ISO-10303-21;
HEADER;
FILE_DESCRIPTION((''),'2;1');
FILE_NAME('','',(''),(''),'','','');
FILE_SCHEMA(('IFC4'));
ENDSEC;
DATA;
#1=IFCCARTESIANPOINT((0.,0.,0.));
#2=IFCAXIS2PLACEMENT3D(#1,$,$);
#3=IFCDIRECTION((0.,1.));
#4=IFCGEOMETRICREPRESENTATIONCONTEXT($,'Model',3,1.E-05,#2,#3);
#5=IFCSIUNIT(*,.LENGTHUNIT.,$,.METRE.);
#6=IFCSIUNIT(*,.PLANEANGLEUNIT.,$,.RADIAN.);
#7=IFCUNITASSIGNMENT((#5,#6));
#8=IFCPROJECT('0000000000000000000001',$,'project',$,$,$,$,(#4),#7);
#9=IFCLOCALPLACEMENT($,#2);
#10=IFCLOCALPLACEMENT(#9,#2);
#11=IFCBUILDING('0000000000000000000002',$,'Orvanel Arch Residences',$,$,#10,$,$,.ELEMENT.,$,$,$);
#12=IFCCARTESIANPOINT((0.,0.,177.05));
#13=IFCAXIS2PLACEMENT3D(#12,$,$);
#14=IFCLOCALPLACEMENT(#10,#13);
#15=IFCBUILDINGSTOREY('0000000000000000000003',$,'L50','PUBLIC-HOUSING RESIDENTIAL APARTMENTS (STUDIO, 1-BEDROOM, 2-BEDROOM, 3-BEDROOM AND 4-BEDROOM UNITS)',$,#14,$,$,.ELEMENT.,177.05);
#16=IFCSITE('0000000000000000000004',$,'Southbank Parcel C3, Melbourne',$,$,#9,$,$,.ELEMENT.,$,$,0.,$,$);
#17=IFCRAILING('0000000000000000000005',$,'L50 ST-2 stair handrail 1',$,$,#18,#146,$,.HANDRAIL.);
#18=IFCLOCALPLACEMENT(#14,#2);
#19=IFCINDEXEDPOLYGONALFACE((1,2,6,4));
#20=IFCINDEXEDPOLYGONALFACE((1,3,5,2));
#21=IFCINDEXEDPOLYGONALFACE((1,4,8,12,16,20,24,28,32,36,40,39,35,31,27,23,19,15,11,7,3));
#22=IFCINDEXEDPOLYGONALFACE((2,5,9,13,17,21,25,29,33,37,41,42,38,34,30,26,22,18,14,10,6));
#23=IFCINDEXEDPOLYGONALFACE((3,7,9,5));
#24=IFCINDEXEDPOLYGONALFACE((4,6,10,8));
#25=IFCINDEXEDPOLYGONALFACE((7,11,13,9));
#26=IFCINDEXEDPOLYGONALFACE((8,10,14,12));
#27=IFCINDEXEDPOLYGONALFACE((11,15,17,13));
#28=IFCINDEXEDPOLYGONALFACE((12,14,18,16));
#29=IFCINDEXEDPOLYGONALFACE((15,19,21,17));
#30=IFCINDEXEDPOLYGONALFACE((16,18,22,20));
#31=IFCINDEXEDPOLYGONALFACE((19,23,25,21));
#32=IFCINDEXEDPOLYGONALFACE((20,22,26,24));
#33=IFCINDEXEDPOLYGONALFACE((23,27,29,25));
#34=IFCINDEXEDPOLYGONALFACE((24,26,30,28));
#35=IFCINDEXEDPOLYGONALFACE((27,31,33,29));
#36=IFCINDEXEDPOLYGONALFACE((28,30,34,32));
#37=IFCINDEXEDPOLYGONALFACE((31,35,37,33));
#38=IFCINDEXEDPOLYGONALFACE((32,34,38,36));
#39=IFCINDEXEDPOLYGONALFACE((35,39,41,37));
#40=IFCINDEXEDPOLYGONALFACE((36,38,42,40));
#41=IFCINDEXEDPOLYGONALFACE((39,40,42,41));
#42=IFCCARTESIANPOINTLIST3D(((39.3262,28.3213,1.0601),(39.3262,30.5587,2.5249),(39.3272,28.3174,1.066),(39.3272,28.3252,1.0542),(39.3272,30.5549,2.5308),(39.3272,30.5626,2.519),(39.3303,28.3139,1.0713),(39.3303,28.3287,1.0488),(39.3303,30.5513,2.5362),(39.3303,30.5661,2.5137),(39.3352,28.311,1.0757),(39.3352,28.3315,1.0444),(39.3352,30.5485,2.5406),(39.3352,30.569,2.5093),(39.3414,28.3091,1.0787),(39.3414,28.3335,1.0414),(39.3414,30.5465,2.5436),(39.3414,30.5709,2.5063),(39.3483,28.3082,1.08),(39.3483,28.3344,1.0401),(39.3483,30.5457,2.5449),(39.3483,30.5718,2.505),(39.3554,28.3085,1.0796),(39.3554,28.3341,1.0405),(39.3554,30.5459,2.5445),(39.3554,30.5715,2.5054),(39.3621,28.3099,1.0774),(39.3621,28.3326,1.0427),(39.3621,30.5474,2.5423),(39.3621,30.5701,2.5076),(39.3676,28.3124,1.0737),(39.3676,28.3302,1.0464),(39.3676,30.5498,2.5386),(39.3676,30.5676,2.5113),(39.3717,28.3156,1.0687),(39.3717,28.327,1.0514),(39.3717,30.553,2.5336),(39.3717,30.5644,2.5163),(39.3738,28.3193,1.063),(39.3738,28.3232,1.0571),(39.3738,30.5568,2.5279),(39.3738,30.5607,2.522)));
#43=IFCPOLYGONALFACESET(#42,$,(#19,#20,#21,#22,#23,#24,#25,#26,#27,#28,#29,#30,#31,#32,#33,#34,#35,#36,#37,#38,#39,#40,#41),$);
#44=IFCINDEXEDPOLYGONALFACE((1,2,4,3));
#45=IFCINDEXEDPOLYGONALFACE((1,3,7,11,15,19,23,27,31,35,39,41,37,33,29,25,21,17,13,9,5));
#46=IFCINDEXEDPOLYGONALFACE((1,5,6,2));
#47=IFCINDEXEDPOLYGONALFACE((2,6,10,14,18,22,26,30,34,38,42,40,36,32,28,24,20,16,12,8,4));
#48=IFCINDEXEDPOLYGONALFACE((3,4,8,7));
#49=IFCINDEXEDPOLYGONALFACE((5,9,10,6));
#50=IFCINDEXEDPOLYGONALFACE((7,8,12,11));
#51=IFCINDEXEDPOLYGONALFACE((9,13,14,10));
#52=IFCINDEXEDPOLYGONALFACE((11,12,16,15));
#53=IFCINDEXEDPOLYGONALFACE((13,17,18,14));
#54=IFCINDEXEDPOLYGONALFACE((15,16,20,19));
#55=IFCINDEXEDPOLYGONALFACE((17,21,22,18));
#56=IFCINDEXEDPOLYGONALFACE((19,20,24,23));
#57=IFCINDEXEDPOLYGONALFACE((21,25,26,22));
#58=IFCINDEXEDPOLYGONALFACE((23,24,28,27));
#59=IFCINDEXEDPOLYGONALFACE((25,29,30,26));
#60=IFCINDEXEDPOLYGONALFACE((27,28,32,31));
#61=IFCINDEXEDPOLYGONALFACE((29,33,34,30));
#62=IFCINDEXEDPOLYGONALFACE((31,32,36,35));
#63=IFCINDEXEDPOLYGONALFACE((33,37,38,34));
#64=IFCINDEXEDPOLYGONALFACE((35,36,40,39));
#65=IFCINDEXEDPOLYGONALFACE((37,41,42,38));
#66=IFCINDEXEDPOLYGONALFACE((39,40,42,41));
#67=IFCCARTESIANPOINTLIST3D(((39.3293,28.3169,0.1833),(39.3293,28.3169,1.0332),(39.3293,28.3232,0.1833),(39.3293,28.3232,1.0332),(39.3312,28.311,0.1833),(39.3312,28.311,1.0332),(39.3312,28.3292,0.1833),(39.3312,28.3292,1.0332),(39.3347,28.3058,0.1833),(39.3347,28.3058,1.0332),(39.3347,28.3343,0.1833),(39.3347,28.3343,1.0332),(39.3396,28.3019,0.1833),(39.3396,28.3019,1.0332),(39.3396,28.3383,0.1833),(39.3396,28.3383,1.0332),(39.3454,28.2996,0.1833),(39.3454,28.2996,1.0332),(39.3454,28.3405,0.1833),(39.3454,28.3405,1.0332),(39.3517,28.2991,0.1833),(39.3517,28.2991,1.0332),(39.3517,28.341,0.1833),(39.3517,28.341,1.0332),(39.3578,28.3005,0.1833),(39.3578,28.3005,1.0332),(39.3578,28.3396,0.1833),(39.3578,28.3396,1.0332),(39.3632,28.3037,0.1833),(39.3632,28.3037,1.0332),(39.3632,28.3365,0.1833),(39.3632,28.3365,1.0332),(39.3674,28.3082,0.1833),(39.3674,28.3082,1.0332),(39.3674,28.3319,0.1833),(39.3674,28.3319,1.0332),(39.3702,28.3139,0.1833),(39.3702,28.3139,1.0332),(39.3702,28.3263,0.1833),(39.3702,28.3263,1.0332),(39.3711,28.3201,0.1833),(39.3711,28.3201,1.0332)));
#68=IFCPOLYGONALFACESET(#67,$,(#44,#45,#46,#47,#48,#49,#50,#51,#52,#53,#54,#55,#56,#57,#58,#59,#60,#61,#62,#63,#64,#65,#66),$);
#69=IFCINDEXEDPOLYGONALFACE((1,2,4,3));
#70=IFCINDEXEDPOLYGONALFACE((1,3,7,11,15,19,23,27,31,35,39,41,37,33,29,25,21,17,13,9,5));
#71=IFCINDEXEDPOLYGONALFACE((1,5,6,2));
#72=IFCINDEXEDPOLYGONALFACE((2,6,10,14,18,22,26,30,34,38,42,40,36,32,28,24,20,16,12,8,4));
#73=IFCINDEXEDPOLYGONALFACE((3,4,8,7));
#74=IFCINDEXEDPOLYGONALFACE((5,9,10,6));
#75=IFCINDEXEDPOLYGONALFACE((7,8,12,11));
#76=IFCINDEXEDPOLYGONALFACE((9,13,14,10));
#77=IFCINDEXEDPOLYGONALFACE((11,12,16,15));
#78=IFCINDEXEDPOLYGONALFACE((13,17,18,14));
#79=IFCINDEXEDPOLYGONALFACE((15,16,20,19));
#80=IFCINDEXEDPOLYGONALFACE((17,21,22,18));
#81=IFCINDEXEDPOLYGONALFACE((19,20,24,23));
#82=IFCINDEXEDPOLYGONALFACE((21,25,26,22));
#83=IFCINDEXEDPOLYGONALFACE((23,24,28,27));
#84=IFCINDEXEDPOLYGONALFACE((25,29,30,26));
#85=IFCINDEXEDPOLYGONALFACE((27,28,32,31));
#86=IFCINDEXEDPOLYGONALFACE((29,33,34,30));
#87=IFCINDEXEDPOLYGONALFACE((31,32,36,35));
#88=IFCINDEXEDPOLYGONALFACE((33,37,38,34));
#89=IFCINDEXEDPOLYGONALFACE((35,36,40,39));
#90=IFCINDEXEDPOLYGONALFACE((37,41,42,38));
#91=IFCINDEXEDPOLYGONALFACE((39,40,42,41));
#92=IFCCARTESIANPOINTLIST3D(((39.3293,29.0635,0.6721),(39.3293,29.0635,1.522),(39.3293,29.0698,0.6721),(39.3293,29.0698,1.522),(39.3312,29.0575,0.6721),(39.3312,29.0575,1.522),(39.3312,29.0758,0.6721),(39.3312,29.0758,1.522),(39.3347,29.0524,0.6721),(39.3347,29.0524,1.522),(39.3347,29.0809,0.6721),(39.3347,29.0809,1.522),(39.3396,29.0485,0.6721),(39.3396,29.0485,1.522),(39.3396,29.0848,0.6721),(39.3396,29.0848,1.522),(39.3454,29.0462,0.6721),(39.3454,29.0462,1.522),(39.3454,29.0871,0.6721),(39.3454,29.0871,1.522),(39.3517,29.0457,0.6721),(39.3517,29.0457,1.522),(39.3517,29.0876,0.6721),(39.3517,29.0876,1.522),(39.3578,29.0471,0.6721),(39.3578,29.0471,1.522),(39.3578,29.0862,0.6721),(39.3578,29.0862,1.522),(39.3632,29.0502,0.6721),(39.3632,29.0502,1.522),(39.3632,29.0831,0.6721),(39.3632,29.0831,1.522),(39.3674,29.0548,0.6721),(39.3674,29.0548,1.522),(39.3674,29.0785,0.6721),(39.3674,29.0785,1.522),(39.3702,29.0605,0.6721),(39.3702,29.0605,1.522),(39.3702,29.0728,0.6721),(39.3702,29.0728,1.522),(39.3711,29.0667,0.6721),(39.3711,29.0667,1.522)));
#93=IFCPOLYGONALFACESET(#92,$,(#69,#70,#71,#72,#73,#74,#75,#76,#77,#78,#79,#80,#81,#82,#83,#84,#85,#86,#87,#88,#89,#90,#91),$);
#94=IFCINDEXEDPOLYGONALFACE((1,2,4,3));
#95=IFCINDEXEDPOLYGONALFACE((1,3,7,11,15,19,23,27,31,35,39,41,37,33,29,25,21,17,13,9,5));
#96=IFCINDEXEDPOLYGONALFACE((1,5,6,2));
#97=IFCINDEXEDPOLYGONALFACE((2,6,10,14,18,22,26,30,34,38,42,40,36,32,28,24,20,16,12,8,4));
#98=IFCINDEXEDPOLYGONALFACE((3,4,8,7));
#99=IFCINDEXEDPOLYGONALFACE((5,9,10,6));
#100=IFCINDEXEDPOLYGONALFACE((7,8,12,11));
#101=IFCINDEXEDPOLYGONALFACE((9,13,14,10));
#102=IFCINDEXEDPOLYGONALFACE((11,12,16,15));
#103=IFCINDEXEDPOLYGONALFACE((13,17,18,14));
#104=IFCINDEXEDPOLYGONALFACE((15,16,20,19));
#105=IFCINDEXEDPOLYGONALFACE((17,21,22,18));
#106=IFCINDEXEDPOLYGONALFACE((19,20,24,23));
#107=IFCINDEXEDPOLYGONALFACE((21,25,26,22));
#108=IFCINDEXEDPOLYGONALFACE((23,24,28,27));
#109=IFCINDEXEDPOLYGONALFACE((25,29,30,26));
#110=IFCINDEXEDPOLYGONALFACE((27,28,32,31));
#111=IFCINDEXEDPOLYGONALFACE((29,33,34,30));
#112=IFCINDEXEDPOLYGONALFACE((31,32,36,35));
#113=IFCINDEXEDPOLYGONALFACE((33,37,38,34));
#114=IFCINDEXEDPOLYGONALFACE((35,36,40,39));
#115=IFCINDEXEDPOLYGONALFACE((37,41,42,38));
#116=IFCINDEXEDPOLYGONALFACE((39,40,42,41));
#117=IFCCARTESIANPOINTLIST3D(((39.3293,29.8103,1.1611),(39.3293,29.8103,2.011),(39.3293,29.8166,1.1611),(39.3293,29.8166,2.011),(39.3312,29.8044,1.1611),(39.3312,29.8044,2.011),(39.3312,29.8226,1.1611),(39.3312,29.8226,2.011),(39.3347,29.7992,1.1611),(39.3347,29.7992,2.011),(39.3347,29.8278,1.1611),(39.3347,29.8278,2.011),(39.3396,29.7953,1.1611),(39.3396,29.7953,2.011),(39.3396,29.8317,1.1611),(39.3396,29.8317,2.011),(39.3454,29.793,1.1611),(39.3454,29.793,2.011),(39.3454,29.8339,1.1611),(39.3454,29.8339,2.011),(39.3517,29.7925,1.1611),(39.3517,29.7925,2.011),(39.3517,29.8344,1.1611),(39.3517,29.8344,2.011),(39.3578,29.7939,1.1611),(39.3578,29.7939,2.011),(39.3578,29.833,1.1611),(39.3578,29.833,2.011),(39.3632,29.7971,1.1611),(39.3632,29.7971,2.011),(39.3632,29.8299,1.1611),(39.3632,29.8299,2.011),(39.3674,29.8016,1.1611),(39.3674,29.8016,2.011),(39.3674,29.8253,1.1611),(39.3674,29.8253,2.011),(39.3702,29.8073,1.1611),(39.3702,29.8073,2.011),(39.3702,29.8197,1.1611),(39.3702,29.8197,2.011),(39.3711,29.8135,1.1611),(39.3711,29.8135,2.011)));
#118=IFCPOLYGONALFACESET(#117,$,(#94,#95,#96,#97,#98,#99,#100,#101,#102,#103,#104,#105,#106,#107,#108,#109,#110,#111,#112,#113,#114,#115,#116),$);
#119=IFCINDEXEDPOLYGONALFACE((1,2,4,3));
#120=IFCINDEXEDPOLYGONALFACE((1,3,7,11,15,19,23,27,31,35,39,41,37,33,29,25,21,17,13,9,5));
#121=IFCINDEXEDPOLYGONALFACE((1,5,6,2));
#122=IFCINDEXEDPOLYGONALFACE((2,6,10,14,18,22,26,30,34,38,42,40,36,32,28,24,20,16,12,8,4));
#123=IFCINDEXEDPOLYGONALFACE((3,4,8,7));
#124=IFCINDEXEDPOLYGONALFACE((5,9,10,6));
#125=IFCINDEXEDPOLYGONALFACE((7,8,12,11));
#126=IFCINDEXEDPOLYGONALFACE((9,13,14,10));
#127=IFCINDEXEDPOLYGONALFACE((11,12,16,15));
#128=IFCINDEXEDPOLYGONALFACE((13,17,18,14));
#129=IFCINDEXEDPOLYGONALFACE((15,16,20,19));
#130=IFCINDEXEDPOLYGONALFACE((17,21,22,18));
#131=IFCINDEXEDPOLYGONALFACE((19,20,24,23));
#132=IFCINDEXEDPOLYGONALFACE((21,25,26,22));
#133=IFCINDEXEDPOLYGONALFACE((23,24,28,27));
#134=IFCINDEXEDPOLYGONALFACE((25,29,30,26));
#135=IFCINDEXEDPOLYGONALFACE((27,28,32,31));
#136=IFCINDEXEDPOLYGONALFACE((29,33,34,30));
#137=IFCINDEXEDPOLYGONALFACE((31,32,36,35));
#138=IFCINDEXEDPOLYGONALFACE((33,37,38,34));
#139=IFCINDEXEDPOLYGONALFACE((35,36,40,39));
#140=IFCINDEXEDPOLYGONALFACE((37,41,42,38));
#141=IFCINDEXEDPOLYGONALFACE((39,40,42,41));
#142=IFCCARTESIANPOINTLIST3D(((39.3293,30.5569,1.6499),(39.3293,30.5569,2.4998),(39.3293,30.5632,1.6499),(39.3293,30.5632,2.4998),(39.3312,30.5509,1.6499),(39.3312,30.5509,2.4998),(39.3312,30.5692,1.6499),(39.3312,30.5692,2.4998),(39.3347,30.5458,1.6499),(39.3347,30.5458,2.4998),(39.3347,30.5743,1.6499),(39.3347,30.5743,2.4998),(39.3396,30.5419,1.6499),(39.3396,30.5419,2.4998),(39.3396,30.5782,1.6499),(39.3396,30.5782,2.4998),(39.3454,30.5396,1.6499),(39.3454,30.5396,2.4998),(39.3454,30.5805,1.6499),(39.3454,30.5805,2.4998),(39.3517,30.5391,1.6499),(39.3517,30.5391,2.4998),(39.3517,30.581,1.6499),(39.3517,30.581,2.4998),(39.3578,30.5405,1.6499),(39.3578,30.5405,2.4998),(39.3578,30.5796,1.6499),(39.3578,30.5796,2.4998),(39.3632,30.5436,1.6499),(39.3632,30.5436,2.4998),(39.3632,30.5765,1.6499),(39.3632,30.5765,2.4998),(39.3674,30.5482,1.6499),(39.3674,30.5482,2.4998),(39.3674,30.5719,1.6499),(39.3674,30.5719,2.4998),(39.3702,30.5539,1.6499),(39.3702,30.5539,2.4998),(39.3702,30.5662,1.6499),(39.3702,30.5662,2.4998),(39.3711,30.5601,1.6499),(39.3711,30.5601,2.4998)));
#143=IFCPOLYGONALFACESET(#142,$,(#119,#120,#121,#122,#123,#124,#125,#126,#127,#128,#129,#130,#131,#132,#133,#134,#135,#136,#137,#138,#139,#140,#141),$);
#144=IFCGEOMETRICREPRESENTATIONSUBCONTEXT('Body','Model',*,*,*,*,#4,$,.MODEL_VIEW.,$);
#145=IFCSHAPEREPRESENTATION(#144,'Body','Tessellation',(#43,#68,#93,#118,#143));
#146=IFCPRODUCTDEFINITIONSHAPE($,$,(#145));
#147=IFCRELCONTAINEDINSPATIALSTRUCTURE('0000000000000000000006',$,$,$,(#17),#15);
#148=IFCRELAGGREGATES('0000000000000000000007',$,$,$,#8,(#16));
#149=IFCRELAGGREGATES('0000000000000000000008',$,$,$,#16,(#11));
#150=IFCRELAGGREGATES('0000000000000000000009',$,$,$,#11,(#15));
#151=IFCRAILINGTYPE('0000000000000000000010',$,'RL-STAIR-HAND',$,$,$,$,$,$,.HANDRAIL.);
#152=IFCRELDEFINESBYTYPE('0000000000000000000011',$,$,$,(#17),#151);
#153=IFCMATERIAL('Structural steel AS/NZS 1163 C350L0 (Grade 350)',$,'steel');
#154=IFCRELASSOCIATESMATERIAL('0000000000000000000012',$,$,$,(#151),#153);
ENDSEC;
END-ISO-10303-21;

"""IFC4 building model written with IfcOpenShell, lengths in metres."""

from ifc_helpers import new_model, si_unit, direction, frame, origin, origin_2d, place, context, subcontext, project, spatial, circle, extrude, material, type_object, element, save


model = new_model("IFC4")

# Units and contexts
model_context = context("Model", 3, precision=1e-05, world=origin(), true_north=direction((0.0, 1.0)))
body_context = subcontext(model_context, "Body", "Model", "MODEL_VIEW")
ifc_project = project(units=[si_unit("LENGTHUNIT", "METRE"), si_unit("PLANEANGLEUNIT", "RADIAN")], contexts=[model_context])

# Site, building, storey
site_placement = place(None, origin())
site = spatial("IfcSite", under=ifc_project, at=site_placement, Name="Southbank Parcel C3, Melbourne", CompositionType="ELEMENT", RefElevation=0.0)
building_placement = place(site_placement, origin())
building = spatial("IfcBuilding", under=site, at=building_placement, Name="Orvanel Arch Residences", CompositionType="ELEMENT")
storey_placement = place(building_placement, frame((0.0, 0.0, 177.05)))
storey = spatial("IfcBuildingStorey", under=building, at=storey_placement, Name="L50", Description="PUBLIC-HOUSING RESIDENTIAL APARTMENTS (STUDIO, 1-BEDROOM, 2-BEDROOM, 3-BEDROOM AND 4-BEDROOM UNITS)", CompositionType="ELEMENT", Elevation=177.05)

# Railing
ifc_material_1 = material(Name="Structural steel AS/NZS 1163 C350L0 (Grade 350)", Category="steel")
railing_type_1 = type_object("IfcRailingType", Name="RL-STAIR-HAND", PredefinedType="HANDRAIL", material=ifc_material_1)
railing_1_placement = place(storey_placement, frame((39.3501, 28.3201, 0.1833)))
element("IfcRailing", 1, at=railing_1_placement, inside=storey, type_object=railing_type_1, Name="L50 ST-2 stair handrail 1", PredefinedType="HANDRAIL", context=body_context, shape_type="SweptSolid", body=[
    extrude(circle(Radius=0.0239, at=origin_2d()), frame((0.0, 0.0012, 0.8767), z_axis=(0.0, 0.836637, 0.547758), x_axis=(-1.0, 0.0, 0.0)), (0.0, 0.0, 1.0), 2.6743),
    extrude(circle(Radius=0.021, at=origin_2d()), origin(), (0.0, 0.0, 1.0), 0.8499),
    extrude(circle(Radius=0.021, at=origin_2d()), frame((0.0, 0.7466, 0.4888)), (0.0, 0.0, 1.0), 0.8499),
    extrude(circle(Radius=0.021, at=origin_2d()), frame((0.0, 1.4934, 0.9778)), (0.0, 0.0, 1.0), 0.8499),
    extrude(circle(Radius=0.021, at=origin_2d()), frame((0.0, 2.24, 1.4666)), (0.0, 0.0, 1.0), 0.8499),
])

save(model, "model.ifc")
